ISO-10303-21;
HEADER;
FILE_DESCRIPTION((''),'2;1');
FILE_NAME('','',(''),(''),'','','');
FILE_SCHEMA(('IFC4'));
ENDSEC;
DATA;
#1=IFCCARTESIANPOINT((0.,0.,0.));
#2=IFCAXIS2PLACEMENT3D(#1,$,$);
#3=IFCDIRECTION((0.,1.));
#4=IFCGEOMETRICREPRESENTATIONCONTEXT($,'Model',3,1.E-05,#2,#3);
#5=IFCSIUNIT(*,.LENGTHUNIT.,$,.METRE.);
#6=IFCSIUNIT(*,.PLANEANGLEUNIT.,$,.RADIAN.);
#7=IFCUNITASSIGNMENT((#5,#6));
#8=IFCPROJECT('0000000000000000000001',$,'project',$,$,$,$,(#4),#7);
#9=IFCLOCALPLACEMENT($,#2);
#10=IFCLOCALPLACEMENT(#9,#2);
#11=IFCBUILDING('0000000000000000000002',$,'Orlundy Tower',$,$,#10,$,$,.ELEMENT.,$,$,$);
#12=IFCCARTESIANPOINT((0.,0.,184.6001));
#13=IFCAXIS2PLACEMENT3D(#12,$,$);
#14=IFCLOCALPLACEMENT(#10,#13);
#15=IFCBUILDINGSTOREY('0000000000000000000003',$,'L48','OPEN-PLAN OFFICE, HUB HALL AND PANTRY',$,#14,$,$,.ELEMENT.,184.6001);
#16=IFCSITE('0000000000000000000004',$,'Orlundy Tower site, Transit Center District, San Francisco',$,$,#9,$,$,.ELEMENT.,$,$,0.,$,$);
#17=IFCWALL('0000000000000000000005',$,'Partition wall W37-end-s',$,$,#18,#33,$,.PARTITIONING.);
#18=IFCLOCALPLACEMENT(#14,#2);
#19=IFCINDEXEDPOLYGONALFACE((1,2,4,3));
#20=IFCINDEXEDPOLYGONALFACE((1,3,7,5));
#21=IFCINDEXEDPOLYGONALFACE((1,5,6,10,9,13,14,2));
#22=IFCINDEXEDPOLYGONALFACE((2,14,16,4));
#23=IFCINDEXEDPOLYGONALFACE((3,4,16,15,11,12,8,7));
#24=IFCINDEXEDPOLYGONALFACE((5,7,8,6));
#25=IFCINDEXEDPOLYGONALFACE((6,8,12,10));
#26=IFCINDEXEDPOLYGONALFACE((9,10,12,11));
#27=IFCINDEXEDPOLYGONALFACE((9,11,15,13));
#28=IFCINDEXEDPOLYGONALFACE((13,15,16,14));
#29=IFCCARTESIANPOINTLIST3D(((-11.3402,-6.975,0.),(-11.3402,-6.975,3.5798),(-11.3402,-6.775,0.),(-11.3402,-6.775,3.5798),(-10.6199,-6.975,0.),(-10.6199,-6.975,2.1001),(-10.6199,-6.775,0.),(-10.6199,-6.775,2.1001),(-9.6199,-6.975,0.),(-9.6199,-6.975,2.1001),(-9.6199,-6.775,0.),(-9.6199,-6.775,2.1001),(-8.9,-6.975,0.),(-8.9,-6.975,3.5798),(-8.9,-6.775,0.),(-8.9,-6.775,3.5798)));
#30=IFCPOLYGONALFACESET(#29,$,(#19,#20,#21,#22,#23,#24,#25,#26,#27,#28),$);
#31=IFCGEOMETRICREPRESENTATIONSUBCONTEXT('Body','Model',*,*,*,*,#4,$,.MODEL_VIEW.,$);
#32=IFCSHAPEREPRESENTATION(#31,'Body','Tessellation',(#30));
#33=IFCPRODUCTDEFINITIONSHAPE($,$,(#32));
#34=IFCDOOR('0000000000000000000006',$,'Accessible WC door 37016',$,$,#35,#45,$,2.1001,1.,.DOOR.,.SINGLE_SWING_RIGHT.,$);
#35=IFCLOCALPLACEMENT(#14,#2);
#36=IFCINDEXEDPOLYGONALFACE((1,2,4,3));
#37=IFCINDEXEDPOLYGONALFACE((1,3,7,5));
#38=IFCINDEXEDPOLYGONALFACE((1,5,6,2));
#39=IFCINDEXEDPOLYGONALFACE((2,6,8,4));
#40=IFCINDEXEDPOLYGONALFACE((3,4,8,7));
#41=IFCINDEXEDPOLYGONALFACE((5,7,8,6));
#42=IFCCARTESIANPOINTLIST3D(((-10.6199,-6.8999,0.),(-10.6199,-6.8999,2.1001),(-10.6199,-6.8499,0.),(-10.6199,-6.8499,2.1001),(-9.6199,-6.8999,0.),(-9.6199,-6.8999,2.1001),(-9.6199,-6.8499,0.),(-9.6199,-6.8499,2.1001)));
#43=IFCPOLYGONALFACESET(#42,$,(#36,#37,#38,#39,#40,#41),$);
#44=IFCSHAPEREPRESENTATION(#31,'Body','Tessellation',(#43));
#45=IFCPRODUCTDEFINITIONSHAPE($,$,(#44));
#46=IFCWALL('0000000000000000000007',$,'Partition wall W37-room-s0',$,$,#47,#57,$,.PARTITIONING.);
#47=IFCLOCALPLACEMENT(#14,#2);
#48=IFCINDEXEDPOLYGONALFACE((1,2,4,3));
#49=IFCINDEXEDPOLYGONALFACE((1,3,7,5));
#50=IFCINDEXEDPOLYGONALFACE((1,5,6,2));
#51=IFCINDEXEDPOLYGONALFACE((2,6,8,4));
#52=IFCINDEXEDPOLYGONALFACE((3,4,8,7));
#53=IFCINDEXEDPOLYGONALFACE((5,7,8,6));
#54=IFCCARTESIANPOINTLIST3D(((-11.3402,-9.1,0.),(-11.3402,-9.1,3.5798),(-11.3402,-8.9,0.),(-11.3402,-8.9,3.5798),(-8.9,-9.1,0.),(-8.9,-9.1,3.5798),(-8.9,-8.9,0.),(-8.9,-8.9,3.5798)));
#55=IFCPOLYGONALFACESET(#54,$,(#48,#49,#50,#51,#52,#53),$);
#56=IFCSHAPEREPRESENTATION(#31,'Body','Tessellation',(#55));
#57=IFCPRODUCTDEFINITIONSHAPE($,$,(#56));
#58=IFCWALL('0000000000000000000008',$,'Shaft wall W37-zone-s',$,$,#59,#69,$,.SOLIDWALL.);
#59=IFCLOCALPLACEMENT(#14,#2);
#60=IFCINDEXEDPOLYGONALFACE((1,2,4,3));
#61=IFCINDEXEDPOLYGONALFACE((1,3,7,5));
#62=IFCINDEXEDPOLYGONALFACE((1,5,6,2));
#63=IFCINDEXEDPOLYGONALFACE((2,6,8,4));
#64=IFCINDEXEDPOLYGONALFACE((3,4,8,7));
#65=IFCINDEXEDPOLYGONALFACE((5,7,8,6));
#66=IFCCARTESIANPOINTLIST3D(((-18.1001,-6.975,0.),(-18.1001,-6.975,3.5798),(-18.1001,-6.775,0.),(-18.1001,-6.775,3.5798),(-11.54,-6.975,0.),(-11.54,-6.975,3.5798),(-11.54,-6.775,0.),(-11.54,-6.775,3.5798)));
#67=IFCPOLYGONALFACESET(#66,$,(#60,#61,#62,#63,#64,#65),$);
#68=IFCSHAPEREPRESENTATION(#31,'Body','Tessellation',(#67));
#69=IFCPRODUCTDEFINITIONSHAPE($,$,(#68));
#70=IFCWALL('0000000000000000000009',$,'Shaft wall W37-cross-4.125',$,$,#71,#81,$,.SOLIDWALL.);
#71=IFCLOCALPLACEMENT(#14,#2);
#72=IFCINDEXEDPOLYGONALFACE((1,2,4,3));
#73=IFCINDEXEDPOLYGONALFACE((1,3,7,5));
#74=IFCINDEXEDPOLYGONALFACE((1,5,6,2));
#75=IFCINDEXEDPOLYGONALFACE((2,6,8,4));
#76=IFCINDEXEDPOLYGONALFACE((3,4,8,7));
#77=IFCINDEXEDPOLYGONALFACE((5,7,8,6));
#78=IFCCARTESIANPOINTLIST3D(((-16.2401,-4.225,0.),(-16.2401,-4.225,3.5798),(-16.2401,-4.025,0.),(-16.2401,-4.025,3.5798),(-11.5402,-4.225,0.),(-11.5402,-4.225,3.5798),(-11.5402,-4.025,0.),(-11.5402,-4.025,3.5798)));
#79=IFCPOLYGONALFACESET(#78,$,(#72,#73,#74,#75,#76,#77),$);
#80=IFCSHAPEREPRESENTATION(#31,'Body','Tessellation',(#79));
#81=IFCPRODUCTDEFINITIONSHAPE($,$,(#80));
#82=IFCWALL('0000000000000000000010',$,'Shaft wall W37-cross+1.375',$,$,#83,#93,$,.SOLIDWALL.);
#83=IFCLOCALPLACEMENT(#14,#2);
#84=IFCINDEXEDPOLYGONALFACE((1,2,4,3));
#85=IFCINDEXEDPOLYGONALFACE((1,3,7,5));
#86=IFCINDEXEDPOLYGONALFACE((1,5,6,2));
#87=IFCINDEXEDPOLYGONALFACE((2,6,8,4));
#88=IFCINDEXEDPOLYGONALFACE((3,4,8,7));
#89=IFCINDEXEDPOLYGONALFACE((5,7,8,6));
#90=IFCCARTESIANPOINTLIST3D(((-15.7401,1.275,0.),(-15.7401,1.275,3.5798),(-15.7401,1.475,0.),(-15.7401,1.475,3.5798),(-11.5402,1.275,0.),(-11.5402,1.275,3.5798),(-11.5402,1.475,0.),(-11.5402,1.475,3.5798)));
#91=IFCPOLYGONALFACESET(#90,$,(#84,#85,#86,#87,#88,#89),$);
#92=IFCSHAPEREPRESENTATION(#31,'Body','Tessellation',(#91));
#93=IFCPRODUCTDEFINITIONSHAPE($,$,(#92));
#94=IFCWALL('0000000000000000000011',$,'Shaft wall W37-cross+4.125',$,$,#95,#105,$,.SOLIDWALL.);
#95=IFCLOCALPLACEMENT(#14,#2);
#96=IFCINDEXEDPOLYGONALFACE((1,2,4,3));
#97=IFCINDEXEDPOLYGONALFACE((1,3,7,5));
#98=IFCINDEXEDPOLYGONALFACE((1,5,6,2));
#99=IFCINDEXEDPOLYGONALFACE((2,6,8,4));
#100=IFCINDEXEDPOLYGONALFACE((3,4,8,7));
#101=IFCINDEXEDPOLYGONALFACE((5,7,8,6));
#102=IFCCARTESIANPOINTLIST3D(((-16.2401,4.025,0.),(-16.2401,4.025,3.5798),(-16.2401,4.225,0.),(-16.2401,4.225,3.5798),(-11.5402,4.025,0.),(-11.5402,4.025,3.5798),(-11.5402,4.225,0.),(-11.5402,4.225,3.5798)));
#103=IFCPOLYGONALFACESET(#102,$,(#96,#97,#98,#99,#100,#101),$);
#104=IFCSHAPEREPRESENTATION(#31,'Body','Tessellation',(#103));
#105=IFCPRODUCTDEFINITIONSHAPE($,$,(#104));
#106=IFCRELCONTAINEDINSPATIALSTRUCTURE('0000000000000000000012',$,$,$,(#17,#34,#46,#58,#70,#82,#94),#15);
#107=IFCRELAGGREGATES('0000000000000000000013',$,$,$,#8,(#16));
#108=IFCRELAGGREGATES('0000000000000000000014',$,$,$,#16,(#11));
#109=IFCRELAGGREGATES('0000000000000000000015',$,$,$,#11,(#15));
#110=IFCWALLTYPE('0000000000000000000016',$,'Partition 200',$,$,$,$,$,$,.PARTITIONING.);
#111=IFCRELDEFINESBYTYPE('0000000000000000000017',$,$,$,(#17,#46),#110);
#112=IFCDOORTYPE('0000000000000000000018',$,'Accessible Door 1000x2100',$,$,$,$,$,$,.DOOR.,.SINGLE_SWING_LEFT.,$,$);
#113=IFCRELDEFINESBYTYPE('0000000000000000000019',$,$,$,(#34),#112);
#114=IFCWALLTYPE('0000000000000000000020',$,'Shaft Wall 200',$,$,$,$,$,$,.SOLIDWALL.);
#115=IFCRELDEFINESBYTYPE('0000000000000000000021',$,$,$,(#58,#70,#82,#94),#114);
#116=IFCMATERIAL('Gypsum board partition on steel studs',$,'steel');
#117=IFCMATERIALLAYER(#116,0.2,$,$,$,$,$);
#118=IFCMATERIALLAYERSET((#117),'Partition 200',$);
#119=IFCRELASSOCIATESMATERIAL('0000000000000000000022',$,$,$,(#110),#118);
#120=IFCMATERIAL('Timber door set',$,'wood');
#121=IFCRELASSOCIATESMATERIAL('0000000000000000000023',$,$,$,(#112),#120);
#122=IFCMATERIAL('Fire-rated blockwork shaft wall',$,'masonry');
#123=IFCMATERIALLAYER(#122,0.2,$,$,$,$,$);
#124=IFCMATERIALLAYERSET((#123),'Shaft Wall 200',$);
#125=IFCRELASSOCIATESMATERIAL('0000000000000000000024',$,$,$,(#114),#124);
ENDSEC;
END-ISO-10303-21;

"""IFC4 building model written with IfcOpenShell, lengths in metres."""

from ifc_helpers import new_model, si_unit, direction, frame, frame_2d, origin, place, context, subcontext, project, spatial, rectangle, extrude, material, layer, layer_set, type_object, element, fill, save


model = new_model("IFC4")

# Units and contexts
model_context = context("Model", 3, precision=1e-05, world=origin(), true_north=direction((0.0, 1.0)))
body_context = subcontext(model_context, "Body", "Model", "MODEL_VIEW")
ifc_project = project(units=[si_unit("LENGTHUNIT", "METRE"), si_unit("PLANEANGLEUNIT", "RADIAN")], contexts=[model_context])

# Site, building, storey
site_placement = place(None, origin())
site = spatial("IfcSite", under=ifc_project, at=site_placement, Name="Orlundy Tower site, Transit Center District, San Francisco", CompositionType="ELEMENT", RefElevation=0.0)
building_placement = place(site_placement, origin())
building = spatial("IfcBuilding", under=site, at=building_placement, Name="Orlundy Tower", CompositionType="ELEMENT")
storey_placement = place(building_placement, frame((0.0, 0.0, 184.6001)))
storey = spatial("IfcBuildingStorey", under=building, at=storey_placement, Name="L48", Description="OPEN-PLAN OFFICE, HUB HALL AND PANTRY", CompositionType="ELEMENT", Elevation=184.6001)

# Shared definitions
ifc_material_1 = material(Name="Gypsum board partition on steel studs", Category="steel")
ifc_layer_1 = layer(ifc_material_1, 0.2)
ifc_layer_set_1 = layer_set([ifc_layer_1], Name="Partition 200")
wall_type_1 = type_object("IfcWallType", Name="Partition 200", PredefinedType="PARTITIONING", material=ifc_layer_set_1)

# Wall, opening, door
wall_1_placement = place(storey_placement, frame((-8.8999, -6.875, 0.0), z_axis=(0.0, 0.0, 1.0), x_axis=(-1.0, 0.0, 0.0)))
wall_1 = element("IfcWall", 1, at=wall_1_placement, inside=storey, type_object=wall_type_1, Name="Partition wall W37-end-s", PredefinedType="PARTITIONING", context=body_context, shape_type="SweptSolid", body=[
    extrude(rectangle(XDim=2.4402, YDim=0.2, at=frame_2d((1.2202, 0.0))), origin(), (0.0, 0.0, 1.0), 3.5798),
])
opening_1_placement = place(wall_1_placement, frame((0.72, 0.0, 0.0)))
opening_1 = element("IfcOpeningElement", 2, at=opening_1_placement, cuts=wall_1, PredefinedType="OPENING", context=body_context, shape_type="SweptSolid", body=[
    extrude(rectangle(XDim=1.0, YDim=2.1001, at=frame_2d((0.5, 1.05))), frame((0.0, 0.1101, 0.0), z_axis=(0.0, -1.0, 0.0), x_axis=(1.0, 0.0, 0.0)), (0.0, 0.0, 1.0), 0.2202),
])
ifc_material_2 = material(Name="Timber door set", Category="wood")
door_type_1 = type_object("IfcDoorType", Name="Accessible Door 1000x2100", OperationType="SINGLE_SWING_LEFT", PredefinedType="DOOR", material=ifc_material_2)
door_1_placement = place(opening_1_placement, origin())
door_1 = element("IfcDoor", 3, at=door_1_placement, inside=storey, type_object=door_type_1, Name="Accessible WC door 37016", OperationType="SINGLE_SWING_RIGHT", OverallHeight=2.1001, OverallWidth=1.0, PredefinedType="DOOR", context=body_context, shape_type="SweptSolid", body=[
    extrude(rectangle(XDim=1.0, YDim=2.1001, at=frame_2d((0.5, 1.05))), frame((0.0, 0.0249, 0.0), z_axis=(0.0, -1.0, 0.0), x_axis=(1.0, 0.0, 0.0)), (0.0, 0.0, 1.0), 0.05),
])
fill(opening_1, door_1)

# Walls
wall_2_placement = place(storey_placement, frame((-8.8999, -9.0, 0.0), z_axis=(0.0, 0.0, 1.0), x_axis=(-1.0, 0.0, 0.0)))
element("IfcWall", 4, at=wall_2_placement, inside=storey, type_object=wall_type_1, Name="Partition wall W37-room-s0", PredefinedType="PARTITIONING", context=body_context, shape_type="SweptSolid", body=[
    extrude(rectangle(XDim=2.4402, YDim=0.2, at=frame_2d((1.2202, 0.0))), origin(), (0.0, 0.0, 1.0), 3.5798),
])
ifc_material_3 = material(Name="Fire-rated blockwork shaft wall", Category="masonry")
ifc_layer_2 = layer(ifc_material_3, 0.2)
ifc_layer_set_2 = layer_set([ifc_layer_2], Name="Shaft Wall 200")
wall_type_2 = type_object("IfcWallType", Name="Shaft Wall 200", PredefinedType="SOLIDWALL", material=ifc_layer_set_2)
wall_3_placement = place(storey_placement, frame((-11.54, -6.875, 0.0), z_axis=(0.0, 0.0, 1.0), x_axis=(-1.0, 0.0, 0.0)))
element("IfcWall", 5, at=wall_3_placement, inside=storey, type_object=wall_type_2, Name="Shaft wall W37-zone-s", PredefinedType="SOLIDWALL", context=body_context, shape_type="SweptSolid", body=[
    extrude(rectangle(XDim=6.5601, YDim=0.2, at=frame_2d((3.28, 0.0))), origin(), (0.0, 0.0, 1.0), 3.5798),
])
wall_4_placement = place(storey_placement, frame((-11.54, -4.125, 0.0), z_axis=(0.0, 0.0, 1.0), x_axis=(-1.0, 0.0, 0.0)))
element("IfcWall", 6, at=wall_4_placement, inside=storey, type_object=wall_type_2, Name="Shaft wall W37-cross-4.125", PredefinedType="SOLIDWALL", context=body_context, shape_type="SweptSolid", body=[
    extrude(rectangle(XDim=4.7, YDim=0.2, at=frame_2d((2.3501, 0.0))), origin(), (0.0, 0.0, 1.0), 3.5798),
])
wall_5_placement = place(storey_placement, frame((-11.54, 1.375, 0.0), z_axis=(0.0, 0.0, 1.0), x_axis=(-1.0, 0.0, 0.0)))
element("IfcWall", 7, at=wall_5_placement, inside=storey, type_object=wall_type_2, Name="Shaft wall W37-cross+1.375", PredefinedType="SOLIDWALL", context=body_context, shape_type="SweptSolid", body=[
    extrude(rectangle(XDim=4.2, YDim=0.2, at=frame_2d((2.1001, 0.0))), origin(), (0.0, 0.0, 1.0), 3.5798),
])
wall_6_placement = place(storey_placement, frame((-11.54, 4.125, 0.0), z_axis=(0.0, 0.0, 1.0), x_axis=(-1.0, 0.0, 0.0)))
element("IfcWall", 8, at=wall_6_placement, inside=storey, type_object=wall_type_2, Name="Shaft wall W37-cross+4.125", PredefinedType="SOLIDWALL", context=body_context, shape_type="SweptSolid", body=[
    extrude(rectangle(XDim=4.7, YDim=0.2, at=frame_2d((2.3501, 0.0))), origin(), (0.0, 0.0, 1.0), 3.5798),
])

save(model, "model.ifc")
